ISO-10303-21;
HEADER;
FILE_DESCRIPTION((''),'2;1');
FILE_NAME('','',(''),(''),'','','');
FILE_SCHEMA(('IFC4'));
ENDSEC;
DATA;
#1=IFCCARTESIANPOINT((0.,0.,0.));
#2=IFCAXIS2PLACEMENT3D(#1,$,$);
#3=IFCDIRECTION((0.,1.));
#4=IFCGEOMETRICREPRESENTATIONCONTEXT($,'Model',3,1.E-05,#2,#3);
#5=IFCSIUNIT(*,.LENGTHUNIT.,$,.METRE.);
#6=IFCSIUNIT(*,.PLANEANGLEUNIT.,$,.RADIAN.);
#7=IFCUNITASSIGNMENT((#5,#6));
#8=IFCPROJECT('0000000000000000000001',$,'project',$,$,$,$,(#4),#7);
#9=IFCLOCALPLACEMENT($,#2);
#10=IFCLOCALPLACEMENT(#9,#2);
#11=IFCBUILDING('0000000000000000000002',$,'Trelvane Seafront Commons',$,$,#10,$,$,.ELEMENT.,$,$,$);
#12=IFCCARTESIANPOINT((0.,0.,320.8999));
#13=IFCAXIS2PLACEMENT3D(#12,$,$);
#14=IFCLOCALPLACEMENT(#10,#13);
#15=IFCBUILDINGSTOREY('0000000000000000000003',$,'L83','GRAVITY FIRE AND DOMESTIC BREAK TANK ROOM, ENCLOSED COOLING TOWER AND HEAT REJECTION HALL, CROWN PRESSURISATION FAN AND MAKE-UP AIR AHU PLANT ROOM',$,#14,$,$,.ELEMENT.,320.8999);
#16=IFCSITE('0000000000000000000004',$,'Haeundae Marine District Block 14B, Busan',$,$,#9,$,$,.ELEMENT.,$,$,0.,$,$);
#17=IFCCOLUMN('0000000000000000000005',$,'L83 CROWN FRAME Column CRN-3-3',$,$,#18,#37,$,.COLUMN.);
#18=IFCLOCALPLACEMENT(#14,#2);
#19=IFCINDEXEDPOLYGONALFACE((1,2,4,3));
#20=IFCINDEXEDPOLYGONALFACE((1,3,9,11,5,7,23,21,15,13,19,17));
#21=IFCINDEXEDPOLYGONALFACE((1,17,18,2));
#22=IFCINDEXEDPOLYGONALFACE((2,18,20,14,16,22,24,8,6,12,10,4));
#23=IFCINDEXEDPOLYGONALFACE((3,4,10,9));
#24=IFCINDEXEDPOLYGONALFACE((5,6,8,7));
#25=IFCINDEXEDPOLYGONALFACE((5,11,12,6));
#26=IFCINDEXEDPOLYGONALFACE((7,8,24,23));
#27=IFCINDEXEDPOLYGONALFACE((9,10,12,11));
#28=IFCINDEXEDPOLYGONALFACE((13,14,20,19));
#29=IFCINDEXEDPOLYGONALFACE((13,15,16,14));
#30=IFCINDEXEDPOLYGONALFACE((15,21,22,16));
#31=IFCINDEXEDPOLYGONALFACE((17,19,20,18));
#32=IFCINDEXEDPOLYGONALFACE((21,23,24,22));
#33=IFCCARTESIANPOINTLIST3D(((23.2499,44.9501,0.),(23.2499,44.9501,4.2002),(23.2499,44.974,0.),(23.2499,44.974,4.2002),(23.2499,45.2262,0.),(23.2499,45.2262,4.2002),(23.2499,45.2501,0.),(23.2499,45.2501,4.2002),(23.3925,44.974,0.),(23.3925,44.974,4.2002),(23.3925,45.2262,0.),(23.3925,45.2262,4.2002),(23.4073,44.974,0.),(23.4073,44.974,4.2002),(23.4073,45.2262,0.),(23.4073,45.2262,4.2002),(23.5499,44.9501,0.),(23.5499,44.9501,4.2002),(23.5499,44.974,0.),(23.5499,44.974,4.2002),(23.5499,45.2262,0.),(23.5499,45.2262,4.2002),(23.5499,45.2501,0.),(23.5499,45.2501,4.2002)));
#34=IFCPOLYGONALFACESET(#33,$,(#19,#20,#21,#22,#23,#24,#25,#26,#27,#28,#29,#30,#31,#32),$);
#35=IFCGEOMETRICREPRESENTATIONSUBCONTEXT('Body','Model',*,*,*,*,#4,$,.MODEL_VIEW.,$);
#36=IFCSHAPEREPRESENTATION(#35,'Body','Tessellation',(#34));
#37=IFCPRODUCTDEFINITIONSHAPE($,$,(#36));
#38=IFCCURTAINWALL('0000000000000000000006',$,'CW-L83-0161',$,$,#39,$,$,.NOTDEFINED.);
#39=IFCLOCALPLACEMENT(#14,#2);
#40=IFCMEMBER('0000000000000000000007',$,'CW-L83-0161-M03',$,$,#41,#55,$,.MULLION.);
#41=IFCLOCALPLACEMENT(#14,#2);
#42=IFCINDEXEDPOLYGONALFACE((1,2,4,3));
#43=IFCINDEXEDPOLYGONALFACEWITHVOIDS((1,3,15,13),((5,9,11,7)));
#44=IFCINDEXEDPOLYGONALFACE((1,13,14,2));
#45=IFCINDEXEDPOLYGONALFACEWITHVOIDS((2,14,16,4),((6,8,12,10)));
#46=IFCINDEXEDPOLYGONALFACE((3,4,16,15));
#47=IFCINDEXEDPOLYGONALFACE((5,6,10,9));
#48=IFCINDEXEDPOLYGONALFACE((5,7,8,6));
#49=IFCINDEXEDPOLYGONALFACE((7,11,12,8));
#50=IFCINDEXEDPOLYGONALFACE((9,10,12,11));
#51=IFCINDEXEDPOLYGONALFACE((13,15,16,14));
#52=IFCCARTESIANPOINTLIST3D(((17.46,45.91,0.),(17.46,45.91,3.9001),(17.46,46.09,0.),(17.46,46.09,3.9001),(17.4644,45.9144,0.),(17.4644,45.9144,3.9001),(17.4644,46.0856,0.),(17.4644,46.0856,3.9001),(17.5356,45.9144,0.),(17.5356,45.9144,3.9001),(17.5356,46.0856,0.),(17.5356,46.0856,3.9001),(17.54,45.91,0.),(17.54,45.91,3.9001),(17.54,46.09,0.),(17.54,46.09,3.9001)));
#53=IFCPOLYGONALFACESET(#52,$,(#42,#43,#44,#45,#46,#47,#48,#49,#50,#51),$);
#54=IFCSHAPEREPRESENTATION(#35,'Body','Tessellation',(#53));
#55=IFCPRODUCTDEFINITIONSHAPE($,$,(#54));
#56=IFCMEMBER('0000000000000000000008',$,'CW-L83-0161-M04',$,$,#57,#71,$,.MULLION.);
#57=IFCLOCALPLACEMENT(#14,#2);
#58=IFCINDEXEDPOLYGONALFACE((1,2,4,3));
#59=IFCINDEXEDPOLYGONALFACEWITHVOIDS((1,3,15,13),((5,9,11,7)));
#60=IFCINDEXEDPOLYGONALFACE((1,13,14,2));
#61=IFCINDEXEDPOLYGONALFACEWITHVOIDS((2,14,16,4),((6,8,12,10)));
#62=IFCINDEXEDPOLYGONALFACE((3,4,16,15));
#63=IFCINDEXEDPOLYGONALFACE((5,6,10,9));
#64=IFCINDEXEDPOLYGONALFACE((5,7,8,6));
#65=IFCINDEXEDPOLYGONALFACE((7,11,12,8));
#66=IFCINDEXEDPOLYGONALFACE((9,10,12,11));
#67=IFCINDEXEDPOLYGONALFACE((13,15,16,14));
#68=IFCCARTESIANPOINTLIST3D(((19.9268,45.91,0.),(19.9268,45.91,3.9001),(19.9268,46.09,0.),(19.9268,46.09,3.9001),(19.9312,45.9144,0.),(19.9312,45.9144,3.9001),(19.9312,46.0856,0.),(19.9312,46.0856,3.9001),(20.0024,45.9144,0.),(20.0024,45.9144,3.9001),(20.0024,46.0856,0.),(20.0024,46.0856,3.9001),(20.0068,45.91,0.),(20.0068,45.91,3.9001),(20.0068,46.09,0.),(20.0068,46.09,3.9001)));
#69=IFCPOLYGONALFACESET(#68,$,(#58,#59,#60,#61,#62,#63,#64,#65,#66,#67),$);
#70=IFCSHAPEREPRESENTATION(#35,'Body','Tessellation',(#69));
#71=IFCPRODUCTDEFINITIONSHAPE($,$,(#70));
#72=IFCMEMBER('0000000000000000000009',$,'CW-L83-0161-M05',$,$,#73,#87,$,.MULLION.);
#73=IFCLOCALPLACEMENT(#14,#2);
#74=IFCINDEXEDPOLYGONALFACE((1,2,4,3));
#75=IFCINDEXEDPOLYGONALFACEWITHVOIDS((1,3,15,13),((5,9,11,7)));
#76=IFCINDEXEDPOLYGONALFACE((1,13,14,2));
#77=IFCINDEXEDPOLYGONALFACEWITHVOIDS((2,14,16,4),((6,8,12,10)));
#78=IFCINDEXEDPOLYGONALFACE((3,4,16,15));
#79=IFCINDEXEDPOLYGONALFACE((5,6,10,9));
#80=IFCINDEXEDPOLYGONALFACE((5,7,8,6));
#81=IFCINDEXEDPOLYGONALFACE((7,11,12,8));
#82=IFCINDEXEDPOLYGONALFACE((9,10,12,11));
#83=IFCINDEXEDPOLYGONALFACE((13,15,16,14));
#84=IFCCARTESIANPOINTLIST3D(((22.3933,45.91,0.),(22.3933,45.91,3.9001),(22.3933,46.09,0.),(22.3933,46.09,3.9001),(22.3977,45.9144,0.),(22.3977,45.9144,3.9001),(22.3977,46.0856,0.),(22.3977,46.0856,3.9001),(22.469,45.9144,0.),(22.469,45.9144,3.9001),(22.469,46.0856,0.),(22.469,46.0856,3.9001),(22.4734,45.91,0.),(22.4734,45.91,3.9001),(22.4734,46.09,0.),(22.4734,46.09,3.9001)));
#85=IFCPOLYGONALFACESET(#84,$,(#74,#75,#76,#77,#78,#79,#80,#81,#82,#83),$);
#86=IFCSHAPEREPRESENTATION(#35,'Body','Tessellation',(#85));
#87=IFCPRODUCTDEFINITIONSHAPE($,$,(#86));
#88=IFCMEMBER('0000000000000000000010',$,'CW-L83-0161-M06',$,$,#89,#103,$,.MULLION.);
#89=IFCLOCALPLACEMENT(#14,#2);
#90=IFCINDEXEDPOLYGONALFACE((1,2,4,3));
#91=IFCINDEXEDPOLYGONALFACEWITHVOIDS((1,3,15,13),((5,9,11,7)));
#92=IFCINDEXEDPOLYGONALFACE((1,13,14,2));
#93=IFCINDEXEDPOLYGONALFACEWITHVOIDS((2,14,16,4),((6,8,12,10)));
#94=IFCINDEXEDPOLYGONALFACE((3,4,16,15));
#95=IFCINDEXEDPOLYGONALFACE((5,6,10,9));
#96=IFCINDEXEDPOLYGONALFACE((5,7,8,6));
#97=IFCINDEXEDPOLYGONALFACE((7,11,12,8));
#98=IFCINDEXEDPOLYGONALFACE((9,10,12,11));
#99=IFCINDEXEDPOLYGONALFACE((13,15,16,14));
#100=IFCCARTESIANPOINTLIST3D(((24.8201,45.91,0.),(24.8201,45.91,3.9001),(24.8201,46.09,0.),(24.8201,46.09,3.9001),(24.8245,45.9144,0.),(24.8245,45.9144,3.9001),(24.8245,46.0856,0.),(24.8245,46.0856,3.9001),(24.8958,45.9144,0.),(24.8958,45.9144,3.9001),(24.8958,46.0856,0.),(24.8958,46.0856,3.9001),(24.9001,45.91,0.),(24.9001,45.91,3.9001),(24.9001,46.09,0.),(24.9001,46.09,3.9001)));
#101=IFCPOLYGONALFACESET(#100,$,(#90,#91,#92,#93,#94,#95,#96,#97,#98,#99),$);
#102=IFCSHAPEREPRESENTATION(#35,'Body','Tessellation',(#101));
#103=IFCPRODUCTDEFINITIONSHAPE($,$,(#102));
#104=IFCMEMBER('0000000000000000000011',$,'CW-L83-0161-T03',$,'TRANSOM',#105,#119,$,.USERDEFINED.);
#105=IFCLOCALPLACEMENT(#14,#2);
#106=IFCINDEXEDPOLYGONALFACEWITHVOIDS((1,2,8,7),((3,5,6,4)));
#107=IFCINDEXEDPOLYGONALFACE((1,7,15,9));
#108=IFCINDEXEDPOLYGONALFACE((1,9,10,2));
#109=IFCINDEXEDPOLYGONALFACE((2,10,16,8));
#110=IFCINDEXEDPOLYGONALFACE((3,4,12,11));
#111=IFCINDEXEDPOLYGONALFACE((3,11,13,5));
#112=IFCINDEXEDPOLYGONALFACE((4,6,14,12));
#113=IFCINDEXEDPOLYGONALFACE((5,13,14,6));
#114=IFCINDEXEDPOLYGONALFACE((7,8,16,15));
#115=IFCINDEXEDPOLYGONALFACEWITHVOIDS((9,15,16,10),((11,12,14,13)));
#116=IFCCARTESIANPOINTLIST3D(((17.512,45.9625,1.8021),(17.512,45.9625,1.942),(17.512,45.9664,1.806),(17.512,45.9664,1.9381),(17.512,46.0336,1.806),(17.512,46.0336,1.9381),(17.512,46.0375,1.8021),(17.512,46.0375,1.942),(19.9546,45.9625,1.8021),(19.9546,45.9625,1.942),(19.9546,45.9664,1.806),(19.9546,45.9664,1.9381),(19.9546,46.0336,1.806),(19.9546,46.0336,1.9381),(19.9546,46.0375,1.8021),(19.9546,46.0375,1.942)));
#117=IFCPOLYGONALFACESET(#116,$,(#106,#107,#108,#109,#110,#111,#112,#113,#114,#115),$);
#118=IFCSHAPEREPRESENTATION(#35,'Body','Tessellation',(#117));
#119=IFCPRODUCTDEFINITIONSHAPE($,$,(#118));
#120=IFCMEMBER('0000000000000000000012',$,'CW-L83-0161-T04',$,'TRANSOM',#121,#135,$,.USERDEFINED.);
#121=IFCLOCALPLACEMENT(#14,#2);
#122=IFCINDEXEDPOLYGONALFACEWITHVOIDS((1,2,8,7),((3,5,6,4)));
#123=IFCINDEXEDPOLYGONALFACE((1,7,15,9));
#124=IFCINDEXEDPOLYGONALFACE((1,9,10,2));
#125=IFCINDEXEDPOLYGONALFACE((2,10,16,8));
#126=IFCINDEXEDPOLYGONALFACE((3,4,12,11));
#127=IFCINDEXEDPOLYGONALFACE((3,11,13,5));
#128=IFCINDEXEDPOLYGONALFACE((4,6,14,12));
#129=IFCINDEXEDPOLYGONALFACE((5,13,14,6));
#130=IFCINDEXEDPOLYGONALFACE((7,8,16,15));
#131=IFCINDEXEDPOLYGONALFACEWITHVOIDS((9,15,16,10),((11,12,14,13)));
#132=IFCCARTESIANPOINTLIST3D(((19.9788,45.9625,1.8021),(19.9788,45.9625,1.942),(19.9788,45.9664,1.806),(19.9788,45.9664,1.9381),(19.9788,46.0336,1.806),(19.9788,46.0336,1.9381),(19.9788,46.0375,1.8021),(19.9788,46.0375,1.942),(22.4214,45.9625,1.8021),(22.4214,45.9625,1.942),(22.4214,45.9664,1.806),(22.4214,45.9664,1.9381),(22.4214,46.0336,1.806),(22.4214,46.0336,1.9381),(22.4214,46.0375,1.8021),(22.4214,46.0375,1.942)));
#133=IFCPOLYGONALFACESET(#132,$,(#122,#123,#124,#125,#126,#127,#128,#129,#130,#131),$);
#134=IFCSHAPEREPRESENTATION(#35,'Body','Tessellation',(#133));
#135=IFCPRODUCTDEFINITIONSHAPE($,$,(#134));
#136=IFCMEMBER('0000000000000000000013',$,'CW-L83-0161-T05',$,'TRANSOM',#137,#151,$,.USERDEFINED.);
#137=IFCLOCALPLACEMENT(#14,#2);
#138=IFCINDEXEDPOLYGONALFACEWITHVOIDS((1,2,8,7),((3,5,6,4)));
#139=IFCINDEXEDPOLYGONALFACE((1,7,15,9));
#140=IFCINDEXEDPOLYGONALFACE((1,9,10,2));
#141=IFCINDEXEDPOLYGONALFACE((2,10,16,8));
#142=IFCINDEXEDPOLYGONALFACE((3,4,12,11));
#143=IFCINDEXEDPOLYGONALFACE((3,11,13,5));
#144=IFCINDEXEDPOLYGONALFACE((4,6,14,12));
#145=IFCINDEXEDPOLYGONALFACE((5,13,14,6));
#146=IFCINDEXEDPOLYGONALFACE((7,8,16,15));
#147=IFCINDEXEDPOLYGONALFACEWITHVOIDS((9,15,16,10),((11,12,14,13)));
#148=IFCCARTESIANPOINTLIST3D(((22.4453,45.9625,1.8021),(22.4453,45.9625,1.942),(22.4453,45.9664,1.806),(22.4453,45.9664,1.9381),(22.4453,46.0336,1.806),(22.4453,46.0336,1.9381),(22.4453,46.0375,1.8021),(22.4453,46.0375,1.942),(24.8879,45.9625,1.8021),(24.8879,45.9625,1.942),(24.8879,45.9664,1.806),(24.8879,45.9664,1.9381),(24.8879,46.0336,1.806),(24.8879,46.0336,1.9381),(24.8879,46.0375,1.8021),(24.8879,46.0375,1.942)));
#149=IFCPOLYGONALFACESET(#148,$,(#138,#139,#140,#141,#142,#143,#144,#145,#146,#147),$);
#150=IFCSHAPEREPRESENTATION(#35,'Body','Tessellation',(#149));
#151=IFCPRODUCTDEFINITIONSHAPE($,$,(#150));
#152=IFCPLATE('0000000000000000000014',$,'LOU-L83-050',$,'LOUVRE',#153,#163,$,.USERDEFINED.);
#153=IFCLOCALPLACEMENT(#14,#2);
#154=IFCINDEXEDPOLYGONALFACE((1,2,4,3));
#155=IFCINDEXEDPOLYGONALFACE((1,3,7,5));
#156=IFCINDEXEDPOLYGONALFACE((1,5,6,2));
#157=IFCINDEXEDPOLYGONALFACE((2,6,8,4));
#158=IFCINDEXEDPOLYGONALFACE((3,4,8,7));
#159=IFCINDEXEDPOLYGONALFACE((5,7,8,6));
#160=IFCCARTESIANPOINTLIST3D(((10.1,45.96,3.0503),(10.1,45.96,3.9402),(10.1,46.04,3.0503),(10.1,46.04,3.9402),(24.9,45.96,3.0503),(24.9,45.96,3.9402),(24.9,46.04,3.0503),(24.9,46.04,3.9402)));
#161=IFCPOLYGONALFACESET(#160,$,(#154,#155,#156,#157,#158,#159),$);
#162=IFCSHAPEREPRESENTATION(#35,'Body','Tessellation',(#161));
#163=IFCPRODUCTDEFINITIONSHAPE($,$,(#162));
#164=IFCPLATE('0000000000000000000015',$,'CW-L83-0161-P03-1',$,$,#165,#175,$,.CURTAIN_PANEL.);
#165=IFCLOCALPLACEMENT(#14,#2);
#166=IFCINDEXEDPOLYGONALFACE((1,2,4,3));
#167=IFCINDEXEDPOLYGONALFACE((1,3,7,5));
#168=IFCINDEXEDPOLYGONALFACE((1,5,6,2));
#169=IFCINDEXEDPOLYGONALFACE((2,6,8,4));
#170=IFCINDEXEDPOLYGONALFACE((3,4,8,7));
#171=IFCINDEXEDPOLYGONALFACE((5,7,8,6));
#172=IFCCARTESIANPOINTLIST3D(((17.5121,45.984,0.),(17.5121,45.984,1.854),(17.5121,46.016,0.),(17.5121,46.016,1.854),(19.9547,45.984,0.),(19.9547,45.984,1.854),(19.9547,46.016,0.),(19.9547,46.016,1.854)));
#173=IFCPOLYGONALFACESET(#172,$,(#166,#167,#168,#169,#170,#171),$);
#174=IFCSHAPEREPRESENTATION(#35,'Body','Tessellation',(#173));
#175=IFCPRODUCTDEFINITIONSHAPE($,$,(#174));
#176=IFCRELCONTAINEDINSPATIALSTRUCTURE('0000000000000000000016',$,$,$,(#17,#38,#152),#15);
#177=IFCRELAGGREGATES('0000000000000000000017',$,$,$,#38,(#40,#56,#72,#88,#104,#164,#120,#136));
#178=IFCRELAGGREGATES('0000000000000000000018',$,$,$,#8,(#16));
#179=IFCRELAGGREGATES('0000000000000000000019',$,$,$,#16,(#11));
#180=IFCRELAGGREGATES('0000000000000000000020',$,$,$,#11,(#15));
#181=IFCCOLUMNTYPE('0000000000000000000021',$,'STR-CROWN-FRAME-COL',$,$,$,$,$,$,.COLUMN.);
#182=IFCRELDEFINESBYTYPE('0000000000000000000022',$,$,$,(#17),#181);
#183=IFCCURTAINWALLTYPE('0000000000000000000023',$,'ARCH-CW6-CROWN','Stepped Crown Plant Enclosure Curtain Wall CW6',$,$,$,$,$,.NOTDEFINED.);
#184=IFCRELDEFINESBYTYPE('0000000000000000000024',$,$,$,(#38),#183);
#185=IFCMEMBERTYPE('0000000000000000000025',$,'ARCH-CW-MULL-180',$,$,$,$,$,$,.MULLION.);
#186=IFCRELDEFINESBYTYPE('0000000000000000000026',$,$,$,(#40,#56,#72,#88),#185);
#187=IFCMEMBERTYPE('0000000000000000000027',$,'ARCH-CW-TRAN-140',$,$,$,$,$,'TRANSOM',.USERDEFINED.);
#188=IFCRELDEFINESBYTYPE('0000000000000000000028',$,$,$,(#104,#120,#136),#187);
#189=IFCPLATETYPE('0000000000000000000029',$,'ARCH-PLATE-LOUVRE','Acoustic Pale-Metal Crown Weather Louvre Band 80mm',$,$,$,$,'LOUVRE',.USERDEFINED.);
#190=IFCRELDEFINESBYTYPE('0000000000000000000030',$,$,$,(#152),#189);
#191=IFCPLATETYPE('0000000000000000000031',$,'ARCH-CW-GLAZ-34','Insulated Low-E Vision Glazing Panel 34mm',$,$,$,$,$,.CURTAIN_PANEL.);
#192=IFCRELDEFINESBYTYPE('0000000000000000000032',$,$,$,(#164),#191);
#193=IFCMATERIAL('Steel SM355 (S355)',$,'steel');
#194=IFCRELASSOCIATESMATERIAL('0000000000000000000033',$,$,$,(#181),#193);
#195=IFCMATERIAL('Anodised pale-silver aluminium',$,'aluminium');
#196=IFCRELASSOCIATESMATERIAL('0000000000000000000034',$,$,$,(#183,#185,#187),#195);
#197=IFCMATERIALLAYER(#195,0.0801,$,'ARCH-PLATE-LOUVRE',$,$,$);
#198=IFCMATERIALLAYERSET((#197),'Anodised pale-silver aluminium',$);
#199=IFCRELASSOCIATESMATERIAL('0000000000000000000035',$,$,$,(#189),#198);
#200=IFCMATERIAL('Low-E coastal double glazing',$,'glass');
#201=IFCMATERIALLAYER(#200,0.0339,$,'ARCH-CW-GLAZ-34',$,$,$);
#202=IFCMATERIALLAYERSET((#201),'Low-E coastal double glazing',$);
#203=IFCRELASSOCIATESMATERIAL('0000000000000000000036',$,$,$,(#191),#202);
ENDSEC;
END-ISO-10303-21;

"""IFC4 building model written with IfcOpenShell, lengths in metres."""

from ifc_helpers import new_model, si_unit, direction, frame, origin, origin_2d, place, context, subcontext, project, spatial, rectangle, hollow_rectangle, i_section, extrude, source, transform, mapped, material, layer, layer_set, material_profile, profile_set, type_object, element, aggregate, save


model = new_model("IFC4")

# Units and contexts
model_context = context("Model", 3, precision=1e-05, world=origin(), true_north=direction((0.0, 1.0)))
body_context = subcontext(model_context, "Body", "Model", "MODEL_VIEW")
ifc_project = project(units=[si_unit("LENGTHUNIT", "METRE"), si_unit("PLANEANGLEUNIT", "RADIAN")], contexts=[model_context])

# Site, building, storey
site_placement = place(None, origin())
site = spatial("IfcSite", under=ifc_project, at=site_placement, Name="Haeundae Marine District Block 14B, Busan", CompositionType="ELEMENT", RefElevation=0.0)
building_placement = place(site_placement, origin())
building = spatial("IfcBuilding", under=site, at=building_placement, Name="Trelvane Seafront Commons", CompositionType="ELEMENT")
storey_placement = place(building_placement, frame((0.0, 0.0, 320.8999)))
storey = spatial("IfcBuildingStorey", under=building, at=storey_placement, Name="L83", Description="GRAVITY FIRE AND DOMESTIC BREAK TANK ROOM, ENCLOSED COOLING TOWER AND HEAT REJECTION HALL, CROWN PRESSURISATION FAN AND MAKE-UP AIR AHU PLANT ROOM", CompositionType="ELEMENT", Elevation=320.8999)

# Column
ifc_material_1 = material(Name="Steel SM355 (S355)", Category="steel")
ifc_material_profile_1 = material_profile(ifc_material_1, i_section(OverallWidth=0.3, OverallDepth=0.3, WebThickness=0.0149, FlangeThickness=0.0239, at=origin_2d()), Name="HD-300x300x15x24")
ifc_profile_set_1 = profile_set([ifc_material_profile_1], Name="Steel SM355 (S355)")
column_type = type_object("IfcColumnType", Name="STR-CROWN-FRAME-COL", PredefinedType="COLUMN", material=ifc_profile_set_1)
shared_shape_1 = source(origin(), body_context, "Body", "SweptSolid", [
    extrude(i_section(OverallWidth=0.3, OverallDepth=0.3, WebThickness=0.0149, FlangeThickness=0.0239, at=origin_2d()), origin(), (0.0, 0.0, 1.0), 4.2002),
])
column_placement = place(storey_placement, frame((23.3999, 45.1001, 0.0), z_axis=(0.0, 0.0, 1.0), x_axis=(1.0, 0.0, 0.0)))
element("IfcColumn", 1, at=column_placement, inside=storey, type_object=column_type, Name="L83 CROWN FRAME Column CRN-3-3", PredefinedType="COLUMN", context=body_context, shape_type="MappedRepresentation", body=[
    mapped(shared_shape_1, transform((0.0, 0.0, 0.0), x_axis=(1.0, 0.0, 0.0), y_axis=(0.0, 1.0, 0.0), z_axis=(0.0, 0.0, 1.0), scale=1.0)),
])

# Curtain wall, members
ifc_material_2 = material(Name="Anodised pale-silver aluminium", Category="aluminium")
curtain_wall_type = type_object("IfcCurtainWallType", Name="ARCH-CW6-CROWN", Description="Stepped Crown Plant Enclosure Curtain Wall CW6", PredefinedType="NOTDEFINED", material=ifc_material_2)
curtain_wall_placement = place(storey_placement, origin())
curtain_wall = element("IfcCurtainWall", 2, at=curtain_wall_placement, inside=storey, type_object=curtain_wall_type, Name="CW-L83-0161", PredefinedType="NOTDEFINED")
ifc_material_profile_2 = material_profile(ifc_material_2, hollow_rectangle(XDim=0.0801, YDim=0.1799, WallThickness=0.0044, at=origin_2d()), Name="MULL-80x180x4.5")
ifc_profile_set_2 = profile_set([ifc_material_profile_2], Name="Anodised pale-silver aluminium")
member_type_1 = type_object("IfcMemberType", Name="ARCH-CW-MULL-180", PredefinedType="MULLION", material=ifc_profile_set_2)
shared_shape_2 = source(origin(), body_context, "Body", "SweptSolid", [
    extrude(hollow_rectangle(XDim=0.0801, YDim=0.1799, WallThickness=0.0044, at=origin_2d()), origin(), (0.0, 0.0, 1.0), 3.9001),
])
member_1_placement = place(storey_placement, frame((17.5, 46.0, 0.0), z_axis=(0.0, 0.0, 1.0), x_axis=(1.0, 0.0, 0.0)))
member_1 = element("IfcMember", 3, at=member_1_placement, type_object=member_type_1, Name="CW-L83-0161-M03", PredefinedType="MULLION", context=body_context, shape_type="MappedRepresentation", body=[
    mapped(shared_shape_2, transform((0.0, 0.0, 0.0), x_axis=(1.0, 0.0, 0.0), y_axis=(0.0, 1.0, 0.0), z_axis=(0.0, 0.0, 1.0), scale=1.0)),
])
member_2_placement = place(storey_placement, frame((19.9668, 46.0, 0.0), z_axis=(0.0, 0.0, 1.0), x_axis=(1.0, 0.0, 0.0)))
member_2 = element("IfcMember", 4, at=member_2_placement, type_object=member_type_1, Name="CW-L83-0161-M04", PredefinedType="MULLION", context=body_context, shape_type="MappedRepresentation", body=[
    mapped(shared_shape_2, transform((0.0, 0.0, 0.0), x_axis=(1.0, 0.0, 0.0), y_axis=(0.0, 1.0, 0.0), z_axis=(0.0, 0.0, 1.0), scale=1.0)),
])
member_3_placement = place(storey_placement, frame((22.4333, 46.0, 0.0), z_axis=(0.0, 0.0, 1.0), x_axis=(1.0, 0.0, 0.0)))
member_3 = element("IfcMember", 5, at=member_3_placement, type_object=member_type_1, Name="CW-L83-0161-M05", PredefinedType="MULLION", context=body_context, shape_type="MappedRepresentation", body=[
    mapped(shared_shape_2, transform((0.0, 0.0, 0.0), x_axis=(1.0, 0.0, 0.0), y_axis=(0.0, 1.0, 0.0), z_axis=(0.0, 0.0, 1.0), scale=1.0)),
])
member_4_placement = place(storey_placement, frame((24.8601, 46.0, 0.0), z_axis=(0.0, 0.0, 1.0), x_axis=(1.0, 0.0, 0.0)))
member_4 = element("IfcMember", 6, at=member_4_placement, type_object=member_type_1, Name="CW-L83-0161-M06", PredefinedType="MULLION", context=body_context, shape_type="MappedRepresentation", body=[
    mapped(shared_shape_2, transform((0.0, 0.0, 0.0), x_axis=(1.0, 0.0, 0.0), y_axis=(0.0, 1.0, 0.0), z_axis=(0.0, 0.0, 1.0), scale=1.0)),
])
ifc_material_profile_3 = material_profile(ifc_material_2, hollow_rectangle(XDim=0.075, YDim=0.1399, WallThickness=0.0039, at=origin_2d()), Name="TRAN-75x140x4")
ifc_profile_set_3 = profile_set([ifc_material_profile_3], Name="Anodised pale-silver aluminium")
member_type_2 = type_object("IfcMemberType", Name="ARCH-CW-TRAN-140", ElementType="TRANSOM", PredefinedType="USERDEFINED", material=ifc_profile_set_3)
shared_shape_3 = source(origin(), body_context, "Body", "SweptSolid", [
    extrude(hollow_rectangle(XDim=0.075, YDim=0.1399, WallThickness=0.0039, at=origin_2d()), origin(), (0.0, 0.0, 1.0), 2.4426),
])
member_5_placement = place(storey_placement, frame((17.512, 46.0, 1.8721), z_axis=(1.0, 0.0, 0.0), x_axis=(0.0, 1.0, 0.0)))
member_5 = element("IfcMember", 7, at=member_5_placement, type_object=member_type_2, Name="CW-L83-0161-T03", ObjectType="TRANSOM", PredefinedType="USERDEFINED", context=body_context, shape_type="MappedRepresentation", body=[
    mapped(shared_shape_3, transform((0.0, 0.0, 0.0), x_axis=(1.0, 0.0, 0.0), y_axis=(0.0, 1.0, 0.0), z_axis=(0.0, 0.0, 1.0), scale=1.0)),
])
member_6_placement = place(storey_placement, frame((19.9788, 46.0, 1.8721), z_axis=(1.0, 0.0, 0.0), x_axis=(0.0, 1.0, 0.0)))
member_6 = element("IfcMember", 8, at=member_6_placement, type_object=member_type_2, Name="CW-L83-0161-T04", ObjectType="TRANSOM", PredefinedType="USERDEFINED", context=body_context, shape_type="MappedRepresentation", body=[
    mapped(shared_shape_3, transform((0.0, 0.0, 0.0), x_axis=(1.0, 0.0, 0.0), y_axis=(0.0, 1.0, 0.0), z_axis=(0.0, 0.0, 1.0), scale=1.0)),
])
member_7_placement = place(storey_placement, frame((22.4453, 46.0, 1.8721), z_axis=(1.0, 0.0, 0.0), x_axis=(0.0, 1.0, 0.0)))
member_7 = element("IfcMember", 9, at=member_7_placement, type_object=member_type_2, Name="CW-L83-0161-T05", ObjectType="TRANSOM", PredefinedType="USERDEFINED", context=body_context, shape_type="MappedRepresentation", body=[
    mapped(shared_shape_3, transform((0.0, 0.0, 0.0), x_axis=(1.0, 0.0, 0.0), y_axis=(0.0, 1.0, 0.0), z_axis=(0.0, 0.0, 1.0), scale=1.0)),
])

# Plates
ifc_layer_1 = layer(ifc_material_2, 0.0801, Name="ARCH-PLATE-LOUVRE")
ifc_layer_set_1 = layer_set([ifc_layer_1], Name="Anodised pale-silver aluminium")
plate_type_1 = type_object("IfcPlateType", Name="ARCH-PLATE-LOUVRE", Description="Acoustic Pale-Metal Crown Weather Louvre Band 80mm", ElementType="LOUVRE", PredefinedType="USERDEFINED", material=ifc_layer_set_1)
shared_shape_4 = source(origin(), body_context, "Body", "SweptSolid", [
    extrude(rectangle(XDim=14.8, YDim=0.0801, at=origin_2d()), origin(), (0.0, 0.0, 1.0), 0.8899),
])
plate_1_placement = place(storey_placement, frame((17.5, 46.0, 3.0503), z_axis=(0.0, 0.0, 1.0), x_axis=(1.0, 0.0, 0.0)))
element("IfcPlate", 10, at=plate_1_placement, inside=storey, type_object=plate_type_1, Name="LOU-L83-050", ObjectType="LOUVRE", PredefinedType="USERDEFINED", context=body_context, shape_type="MappedRepresentation", body=[
    mapped(shared_shape_4, transform((0.0, 0.0, 0.0), x_axis=(1.0, 0.0, 0.0), y_axis=(0.0, 1.0, 0.0), z_axis=(0.0, 0.0, 1.0), scale=1.0)),
])
ifc_material_3 = material(Name="Low-E coastal double glazing", Category="glass")
ifc_layer_2 = layer(ifc_material_3, 0.0339, Name="ARCH-CW-GLAZ-34")
ifc_layer_set_2 = layer_set([ifc_layer_2], Name="Low-E coastal double glazing")
plate_type_2 = type_object("IfcPlateType", Name="ARCH-CW-GLAZ-34", Description="Insulated Low-E Vision Glazing Panel 34mm", PredefinedType="CURTAIN_PANEL", material=ifc_layer_set_2)
shared_shape_5 = source(origin(), body_context, "Body", "SweptSolid", [
    extrude(rectangle(XDim=2.4426, YDim=0.032, at=origin_2d()), origin(), (0.0, 0.0, 1.0), 1.854),
])
plate_2_placement = place(storey_placement, frame((18.7334, 46.0, 0.0), z_axis=(0.0, 0.0, 1.0), x_axis=(1.0, 0.0, 0.0)))
plate_2 = element("IfcPlate", 11, at=plate_2_placement, type_object=plate_type_2, Name="CW-L83-0161-P03-1", PredefinedType="CURTAIN_PANEL", context=body_context, shape_type="MappedRepresentation", body=[
    mapped(shared_shape_5, transform((0.0, 0.0, 0.0), x_axis=(1.0, 0.0, 0.0), y_axis=(0.0, 1.0, 0.0), z_axis=(0.0, 0.0, 1.0), scale=1.0)),
])
aggregate(curtain_wall, [member_1, member_2, member_3, member_4, member_5, plate_2, member_6, member_7])

save(model, "model.ifc")
